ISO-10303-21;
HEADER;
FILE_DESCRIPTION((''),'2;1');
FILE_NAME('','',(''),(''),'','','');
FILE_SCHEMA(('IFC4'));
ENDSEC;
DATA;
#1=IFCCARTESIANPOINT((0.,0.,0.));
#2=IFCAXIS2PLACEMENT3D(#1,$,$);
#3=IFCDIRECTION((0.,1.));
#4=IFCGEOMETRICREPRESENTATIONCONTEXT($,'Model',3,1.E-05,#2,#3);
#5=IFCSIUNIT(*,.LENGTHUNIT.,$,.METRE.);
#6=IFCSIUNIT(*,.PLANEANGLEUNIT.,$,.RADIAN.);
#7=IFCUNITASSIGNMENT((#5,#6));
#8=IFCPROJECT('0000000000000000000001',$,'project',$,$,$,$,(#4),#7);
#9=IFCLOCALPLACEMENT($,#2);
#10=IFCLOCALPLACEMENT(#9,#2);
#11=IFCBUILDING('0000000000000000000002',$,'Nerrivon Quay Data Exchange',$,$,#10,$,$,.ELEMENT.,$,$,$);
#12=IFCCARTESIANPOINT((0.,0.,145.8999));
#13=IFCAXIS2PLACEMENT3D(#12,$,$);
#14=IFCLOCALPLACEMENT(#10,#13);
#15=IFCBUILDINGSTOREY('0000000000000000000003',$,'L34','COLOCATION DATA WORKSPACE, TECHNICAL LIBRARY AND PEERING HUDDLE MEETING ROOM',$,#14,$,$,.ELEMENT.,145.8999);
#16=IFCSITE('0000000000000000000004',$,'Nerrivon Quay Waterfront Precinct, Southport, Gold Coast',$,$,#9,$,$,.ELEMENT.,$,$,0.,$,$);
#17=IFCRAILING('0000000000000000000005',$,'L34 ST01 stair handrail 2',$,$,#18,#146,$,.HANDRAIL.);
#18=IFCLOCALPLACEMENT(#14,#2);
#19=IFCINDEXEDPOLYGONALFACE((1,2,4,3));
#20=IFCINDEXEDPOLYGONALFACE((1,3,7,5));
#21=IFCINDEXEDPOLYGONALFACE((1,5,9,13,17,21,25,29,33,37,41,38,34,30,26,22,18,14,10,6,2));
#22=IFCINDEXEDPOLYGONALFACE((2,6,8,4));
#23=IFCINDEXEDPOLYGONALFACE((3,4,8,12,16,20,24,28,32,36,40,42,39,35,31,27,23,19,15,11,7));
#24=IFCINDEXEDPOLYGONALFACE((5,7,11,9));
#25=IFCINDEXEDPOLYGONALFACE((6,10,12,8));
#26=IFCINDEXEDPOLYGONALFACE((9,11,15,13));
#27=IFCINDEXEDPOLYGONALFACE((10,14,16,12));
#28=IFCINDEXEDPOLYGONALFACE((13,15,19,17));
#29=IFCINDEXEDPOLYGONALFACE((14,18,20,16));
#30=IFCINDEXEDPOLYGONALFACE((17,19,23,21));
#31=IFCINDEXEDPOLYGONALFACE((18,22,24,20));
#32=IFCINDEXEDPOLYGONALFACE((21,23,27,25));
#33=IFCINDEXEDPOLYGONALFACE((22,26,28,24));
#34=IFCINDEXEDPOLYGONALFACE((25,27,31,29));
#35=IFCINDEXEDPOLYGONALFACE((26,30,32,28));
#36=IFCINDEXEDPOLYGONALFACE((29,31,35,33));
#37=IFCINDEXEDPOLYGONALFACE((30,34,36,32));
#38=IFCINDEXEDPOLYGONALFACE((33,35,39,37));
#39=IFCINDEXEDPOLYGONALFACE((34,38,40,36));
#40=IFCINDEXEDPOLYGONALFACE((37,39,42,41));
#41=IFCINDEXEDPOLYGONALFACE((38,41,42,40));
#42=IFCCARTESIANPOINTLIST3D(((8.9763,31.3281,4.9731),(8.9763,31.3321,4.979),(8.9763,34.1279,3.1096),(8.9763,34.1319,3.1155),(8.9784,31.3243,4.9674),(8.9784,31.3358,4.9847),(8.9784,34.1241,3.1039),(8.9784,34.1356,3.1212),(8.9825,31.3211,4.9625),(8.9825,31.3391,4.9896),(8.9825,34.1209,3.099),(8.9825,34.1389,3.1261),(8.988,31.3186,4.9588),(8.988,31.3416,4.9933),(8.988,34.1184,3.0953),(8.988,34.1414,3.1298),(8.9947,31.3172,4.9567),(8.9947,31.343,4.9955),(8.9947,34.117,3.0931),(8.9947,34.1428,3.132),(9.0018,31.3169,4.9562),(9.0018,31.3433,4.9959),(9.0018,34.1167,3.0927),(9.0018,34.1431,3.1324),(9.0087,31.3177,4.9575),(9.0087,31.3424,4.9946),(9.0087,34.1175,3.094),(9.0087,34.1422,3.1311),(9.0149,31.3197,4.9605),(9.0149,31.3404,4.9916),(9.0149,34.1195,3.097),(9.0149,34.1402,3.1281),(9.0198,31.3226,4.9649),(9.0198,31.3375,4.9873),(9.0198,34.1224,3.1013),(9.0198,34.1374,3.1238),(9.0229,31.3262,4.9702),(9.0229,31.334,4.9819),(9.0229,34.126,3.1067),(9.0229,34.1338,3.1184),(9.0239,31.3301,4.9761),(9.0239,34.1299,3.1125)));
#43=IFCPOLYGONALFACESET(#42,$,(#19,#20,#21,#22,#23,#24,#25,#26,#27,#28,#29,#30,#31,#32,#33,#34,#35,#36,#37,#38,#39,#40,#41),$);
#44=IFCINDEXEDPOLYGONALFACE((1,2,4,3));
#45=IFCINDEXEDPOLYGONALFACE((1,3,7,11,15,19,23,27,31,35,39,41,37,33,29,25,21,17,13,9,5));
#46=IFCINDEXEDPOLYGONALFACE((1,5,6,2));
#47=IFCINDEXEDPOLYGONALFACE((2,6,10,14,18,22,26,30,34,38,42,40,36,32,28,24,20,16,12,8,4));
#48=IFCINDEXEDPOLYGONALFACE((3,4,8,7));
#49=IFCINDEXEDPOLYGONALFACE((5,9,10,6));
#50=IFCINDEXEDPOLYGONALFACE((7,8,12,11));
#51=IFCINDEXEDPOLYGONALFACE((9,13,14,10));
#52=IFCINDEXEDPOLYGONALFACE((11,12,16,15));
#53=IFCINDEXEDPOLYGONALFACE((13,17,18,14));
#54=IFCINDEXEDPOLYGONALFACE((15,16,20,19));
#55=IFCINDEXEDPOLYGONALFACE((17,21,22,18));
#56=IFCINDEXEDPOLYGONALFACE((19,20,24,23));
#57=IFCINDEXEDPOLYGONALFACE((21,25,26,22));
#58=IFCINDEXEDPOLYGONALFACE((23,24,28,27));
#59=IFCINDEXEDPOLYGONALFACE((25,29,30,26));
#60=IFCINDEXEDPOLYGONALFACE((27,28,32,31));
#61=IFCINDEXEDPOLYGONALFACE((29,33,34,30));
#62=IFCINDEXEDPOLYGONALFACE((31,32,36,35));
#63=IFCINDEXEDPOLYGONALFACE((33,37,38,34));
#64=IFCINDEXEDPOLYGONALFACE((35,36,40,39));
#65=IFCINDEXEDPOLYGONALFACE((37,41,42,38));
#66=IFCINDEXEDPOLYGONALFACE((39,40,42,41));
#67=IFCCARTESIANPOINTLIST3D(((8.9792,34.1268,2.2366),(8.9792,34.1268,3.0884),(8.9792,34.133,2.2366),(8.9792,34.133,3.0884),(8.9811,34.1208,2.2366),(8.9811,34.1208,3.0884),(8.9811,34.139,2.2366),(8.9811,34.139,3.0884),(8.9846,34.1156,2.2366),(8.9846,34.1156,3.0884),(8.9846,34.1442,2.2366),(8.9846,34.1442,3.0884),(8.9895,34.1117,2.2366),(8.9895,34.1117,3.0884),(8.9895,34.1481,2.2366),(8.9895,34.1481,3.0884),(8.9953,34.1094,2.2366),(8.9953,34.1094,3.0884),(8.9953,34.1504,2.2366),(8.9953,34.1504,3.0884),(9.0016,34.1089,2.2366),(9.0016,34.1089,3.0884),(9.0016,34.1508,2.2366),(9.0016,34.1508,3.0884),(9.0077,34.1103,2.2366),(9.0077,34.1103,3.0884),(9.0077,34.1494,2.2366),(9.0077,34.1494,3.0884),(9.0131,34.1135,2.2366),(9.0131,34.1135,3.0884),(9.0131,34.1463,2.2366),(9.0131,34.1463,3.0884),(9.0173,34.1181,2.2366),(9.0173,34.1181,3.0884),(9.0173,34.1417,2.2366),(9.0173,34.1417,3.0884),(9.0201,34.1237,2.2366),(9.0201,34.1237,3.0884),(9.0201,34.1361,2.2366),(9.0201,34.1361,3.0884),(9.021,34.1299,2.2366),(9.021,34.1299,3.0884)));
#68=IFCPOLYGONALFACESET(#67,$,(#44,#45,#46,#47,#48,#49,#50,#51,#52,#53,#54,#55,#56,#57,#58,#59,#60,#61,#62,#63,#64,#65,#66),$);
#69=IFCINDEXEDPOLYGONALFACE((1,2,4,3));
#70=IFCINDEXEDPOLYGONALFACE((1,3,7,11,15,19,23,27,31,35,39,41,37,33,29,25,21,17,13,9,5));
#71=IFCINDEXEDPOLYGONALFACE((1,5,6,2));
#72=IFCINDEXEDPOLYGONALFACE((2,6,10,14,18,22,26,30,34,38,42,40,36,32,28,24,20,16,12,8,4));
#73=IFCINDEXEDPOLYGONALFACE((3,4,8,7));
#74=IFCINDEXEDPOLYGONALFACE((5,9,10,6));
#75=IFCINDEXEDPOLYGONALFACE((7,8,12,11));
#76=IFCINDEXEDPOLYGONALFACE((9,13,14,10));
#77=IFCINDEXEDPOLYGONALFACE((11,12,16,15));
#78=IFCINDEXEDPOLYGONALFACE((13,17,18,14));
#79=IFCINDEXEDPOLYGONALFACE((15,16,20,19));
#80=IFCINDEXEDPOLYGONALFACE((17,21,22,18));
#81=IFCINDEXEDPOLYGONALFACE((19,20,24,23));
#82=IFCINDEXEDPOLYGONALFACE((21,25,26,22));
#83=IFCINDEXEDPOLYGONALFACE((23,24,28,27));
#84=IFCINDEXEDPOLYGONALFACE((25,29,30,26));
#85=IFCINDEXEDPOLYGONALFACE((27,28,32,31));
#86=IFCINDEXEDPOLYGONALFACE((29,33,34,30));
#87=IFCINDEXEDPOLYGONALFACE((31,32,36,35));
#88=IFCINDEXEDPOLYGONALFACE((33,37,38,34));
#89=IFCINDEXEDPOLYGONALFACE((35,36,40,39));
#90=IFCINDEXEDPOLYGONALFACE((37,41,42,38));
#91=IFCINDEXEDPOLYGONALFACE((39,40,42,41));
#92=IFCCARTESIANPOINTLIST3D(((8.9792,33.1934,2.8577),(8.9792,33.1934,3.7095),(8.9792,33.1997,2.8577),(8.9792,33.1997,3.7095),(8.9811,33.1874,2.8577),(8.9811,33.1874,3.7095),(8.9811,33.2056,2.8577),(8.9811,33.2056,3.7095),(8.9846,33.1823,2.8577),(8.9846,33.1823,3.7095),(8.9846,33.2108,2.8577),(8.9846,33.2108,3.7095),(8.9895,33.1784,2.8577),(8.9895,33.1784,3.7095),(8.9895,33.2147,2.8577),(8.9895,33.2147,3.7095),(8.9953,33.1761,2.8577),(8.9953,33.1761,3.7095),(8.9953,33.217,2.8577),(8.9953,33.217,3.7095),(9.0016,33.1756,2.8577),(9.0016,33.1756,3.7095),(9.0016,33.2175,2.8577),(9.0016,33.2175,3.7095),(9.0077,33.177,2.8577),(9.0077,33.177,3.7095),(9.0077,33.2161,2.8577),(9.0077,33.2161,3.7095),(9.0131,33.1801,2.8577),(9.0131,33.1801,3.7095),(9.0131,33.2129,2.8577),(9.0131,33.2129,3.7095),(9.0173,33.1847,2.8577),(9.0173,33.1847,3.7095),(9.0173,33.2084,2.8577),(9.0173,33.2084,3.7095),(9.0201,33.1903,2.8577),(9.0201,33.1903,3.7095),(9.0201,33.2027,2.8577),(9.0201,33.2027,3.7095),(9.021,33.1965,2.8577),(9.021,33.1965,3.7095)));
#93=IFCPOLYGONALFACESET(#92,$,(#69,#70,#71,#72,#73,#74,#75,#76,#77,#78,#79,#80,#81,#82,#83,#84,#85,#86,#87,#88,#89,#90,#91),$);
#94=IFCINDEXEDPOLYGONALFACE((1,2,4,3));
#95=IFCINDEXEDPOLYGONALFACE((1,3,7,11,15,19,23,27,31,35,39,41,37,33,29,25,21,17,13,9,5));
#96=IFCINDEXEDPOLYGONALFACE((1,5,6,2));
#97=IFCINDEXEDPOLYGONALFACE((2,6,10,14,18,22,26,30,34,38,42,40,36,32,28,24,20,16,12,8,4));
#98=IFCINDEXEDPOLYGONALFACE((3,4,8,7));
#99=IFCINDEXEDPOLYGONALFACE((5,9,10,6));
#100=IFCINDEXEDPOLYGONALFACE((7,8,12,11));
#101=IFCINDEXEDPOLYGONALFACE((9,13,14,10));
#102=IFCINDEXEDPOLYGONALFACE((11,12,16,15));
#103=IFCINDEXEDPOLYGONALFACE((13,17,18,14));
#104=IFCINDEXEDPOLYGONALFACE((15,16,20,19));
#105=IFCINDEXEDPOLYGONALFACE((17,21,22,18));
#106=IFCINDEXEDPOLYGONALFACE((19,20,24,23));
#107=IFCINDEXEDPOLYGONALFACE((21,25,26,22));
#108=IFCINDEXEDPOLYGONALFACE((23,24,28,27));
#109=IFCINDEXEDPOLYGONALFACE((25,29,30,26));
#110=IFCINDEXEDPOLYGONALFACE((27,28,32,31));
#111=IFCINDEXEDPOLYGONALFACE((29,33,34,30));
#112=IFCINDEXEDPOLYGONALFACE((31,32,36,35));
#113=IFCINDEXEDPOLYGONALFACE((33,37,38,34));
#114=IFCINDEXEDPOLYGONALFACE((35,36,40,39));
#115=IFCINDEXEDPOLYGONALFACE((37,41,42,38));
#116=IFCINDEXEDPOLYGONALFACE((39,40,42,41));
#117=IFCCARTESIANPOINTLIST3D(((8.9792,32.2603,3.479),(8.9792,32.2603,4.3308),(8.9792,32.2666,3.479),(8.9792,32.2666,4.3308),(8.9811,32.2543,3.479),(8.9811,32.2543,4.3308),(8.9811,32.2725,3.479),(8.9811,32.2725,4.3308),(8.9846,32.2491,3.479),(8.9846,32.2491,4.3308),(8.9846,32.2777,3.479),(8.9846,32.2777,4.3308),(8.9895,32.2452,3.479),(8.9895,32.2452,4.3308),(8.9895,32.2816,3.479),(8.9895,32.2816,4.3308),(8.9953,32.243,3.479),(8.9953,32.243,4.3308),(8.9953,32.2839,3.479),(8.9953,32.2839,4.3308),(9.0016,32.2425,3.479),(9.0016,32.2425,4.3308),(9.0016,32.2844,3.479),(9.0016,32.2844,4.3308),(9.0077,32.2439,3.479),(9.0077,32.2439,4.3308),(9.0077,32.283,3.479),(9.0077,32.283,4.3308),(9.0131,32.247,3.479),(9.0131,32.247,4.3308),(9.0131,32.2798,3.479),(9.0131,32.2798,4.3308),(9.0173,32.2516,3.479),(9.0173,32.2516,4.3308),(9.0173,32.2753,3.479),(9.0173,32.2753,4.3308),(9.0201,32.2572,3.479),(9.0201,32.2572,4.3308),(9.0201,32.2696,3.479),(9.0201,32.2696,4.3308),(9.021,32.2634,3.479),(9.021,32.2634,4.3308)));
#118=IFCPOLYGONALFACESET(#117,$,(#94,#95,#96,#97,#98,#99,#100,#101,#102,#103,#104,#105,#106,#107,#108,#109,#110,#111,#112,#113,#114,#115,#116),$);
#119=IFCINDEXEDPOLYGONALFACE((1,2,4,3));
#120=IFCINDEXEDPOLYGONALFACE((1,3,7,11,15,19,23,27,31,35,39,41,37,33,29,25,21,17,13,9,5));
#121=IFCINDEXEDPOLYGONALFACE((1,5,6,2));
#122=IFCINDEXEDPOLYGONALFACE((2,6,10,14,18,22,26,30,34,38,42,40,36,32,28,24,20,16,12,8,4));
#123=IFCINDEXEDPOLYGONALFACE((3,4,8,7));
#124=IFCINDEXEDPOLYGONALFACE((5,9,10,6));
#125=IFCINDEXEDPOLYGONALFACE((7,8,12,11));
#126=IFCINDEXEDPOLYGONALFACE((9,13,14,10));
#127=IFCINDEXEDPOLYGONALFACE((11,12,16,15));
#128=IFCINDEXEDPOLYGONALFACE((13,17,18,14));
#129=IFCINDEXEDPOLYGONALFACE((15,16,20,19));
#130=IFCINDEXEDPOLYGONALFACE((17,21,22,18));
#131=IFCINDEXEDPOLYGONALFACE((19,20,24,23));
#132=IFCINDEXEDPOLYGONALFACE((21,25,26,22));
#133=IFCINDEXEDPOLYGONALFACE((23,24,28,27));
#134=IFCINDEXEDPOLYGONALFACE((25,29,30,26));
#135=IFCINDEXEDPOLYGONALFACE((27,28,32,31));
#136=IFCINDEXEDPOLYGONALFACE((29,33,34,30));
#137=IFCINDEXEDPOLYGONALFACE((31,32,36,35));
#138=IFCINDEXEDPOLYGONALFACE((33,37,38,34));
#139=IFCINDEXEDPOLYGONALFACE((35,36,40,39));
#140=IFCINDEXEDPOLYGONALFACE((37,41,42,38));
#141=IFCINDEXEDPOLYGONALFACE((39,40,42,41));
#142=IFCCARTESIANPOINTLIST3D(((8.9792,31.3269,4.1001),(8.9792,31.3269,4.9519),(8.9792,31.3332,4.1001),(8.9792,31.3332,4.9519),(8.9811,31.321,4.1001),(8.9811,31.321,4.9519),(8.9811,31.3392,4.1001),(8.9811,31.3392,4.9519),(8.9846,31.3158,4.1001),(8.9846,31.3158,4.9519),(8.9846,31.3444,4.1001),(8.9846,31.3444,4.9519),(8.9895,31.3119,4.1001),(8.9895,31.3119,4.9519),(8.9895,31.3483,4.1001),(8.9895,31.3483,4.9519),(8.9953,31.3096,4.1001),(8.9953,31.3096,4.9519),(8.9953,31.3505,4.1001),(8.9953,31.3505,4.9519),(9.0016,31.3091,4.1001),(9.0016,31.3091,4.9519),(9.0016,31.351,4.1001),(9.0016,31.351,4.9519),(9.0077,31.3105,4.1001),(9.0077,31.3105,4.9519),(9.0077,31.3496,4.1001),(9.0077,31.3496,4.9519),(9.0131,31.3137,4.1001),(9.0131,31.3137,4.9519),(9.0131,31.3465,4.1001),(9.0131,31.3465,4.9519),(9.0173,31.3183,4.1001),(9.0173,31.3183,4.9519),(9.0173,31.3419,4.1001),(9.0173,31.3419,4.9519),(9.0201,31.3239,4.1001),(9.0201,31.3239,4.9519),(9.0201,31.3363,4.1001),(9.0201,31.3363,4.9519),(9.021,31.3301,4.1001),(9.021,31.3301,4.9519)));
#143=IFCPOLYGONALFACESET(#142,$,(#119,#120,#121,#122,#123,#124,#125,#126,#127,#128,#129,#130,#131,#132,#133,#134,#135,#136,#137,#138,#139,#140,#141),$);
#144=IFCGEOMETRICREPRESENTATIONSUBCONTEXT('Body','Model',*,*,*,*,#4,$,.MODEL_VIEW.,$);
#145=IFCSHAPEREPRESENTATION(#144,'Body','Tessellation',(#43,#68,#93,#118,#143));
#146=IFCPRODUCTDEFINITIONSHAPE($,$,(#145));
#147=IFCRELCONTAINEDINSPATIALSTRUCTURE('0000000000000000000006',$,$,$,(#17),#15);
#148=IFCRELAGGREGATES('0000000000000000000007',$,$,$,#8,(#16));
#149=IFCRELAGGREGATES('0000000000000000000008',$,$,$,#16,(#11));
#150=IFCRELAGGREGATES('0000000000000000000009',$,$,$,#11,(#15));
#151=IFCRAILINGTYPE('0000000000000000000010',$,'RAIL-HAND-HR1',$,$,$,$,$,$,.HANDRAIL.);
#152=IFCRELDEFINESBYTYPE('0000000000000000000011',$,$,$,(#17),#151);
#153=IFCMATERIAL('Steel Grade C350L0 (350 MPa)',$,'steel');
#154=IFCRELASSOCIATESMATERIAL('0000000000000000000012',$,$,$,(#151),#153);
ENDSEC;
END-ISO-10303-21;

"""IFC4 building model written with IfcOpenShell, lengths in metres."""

from ifc_helpers import new_model, si_unit, direction, frame, origin, origin_2d, place, context, subcontext, project, spatial, circle, extrude, material, type_object, element, save


model = new_model("IFC4")

# Units and contexts
model_context = context("Model", 3, precision=1e-05, world=origin(), true_north=direction((0.0, 1.0)))
body_context = subcontext(model_context, "Body", "Model", "MODEL_VIEW")
ifc_project = project(units=[si_unit("LENGTHUNIT", "METRE"), si_unit("PLANEANGLEUNIT", "RADIAN")], contexts=[model_context])

# Site, building, storey
site_placement = place(None, origin())
site = spatial("IfcSite", under=ifc_project, at=site_placement, Name="Nerrivon Quay Waterfront Precinct, Southport, Gold Coast", CompositionType="ELEMENT", RefElevation=0.0)
building_placement = place(site_placement, origin())
building = spatial("IfcBuilding", under=site, at=building_placement, Name="Nerrivon Quay Data Exchange", CompositionType="ELEMENT")
storey_placement = place(building_placement, frame((0.0, 0.0, 145.8999)))
storey = spatial("IfcBuildingStorey", under=building, at=storey_placement, Name="L34", Description="COLOCATION DATA WORKSPACE, TECHNICAL LIBRARY AND PEERING HUDDLE MEETING ROOM", CompositionType="ELEMENT", Elevation=145.8999)

# Railing
ifc_material_1 = material(Name="Steel Grade C350L0 (350 MPa)", Category="steel")
railing_type_1 = type_object("IfcRailingType", Name="RAIL-HAND-HR1", PredefinedType="HANDRAIL", material=ifc_material_1)
railing_1_placement = place(storey_placement, frame((9.0, 34.1299, 2.2366)))
element("IfcRailing", 1, at=railing_1_placement, inside=storey, type_object=railing_type_1, Name="L34 ST01 stair handrail 2", PredefinedType="HANDRAIL", context=body_context, shape_type="SweptSolid", body=[
    extrude(circle(Radius=0.0239, at=origin_2d()), frame((0.0, 0.0, 0.876), z_axis=(0.0, -0.832463, 0.55408), x_axis=(1.0, 0.0, 0.0)), (0.0, 0.0, 1.0), 3.3633),
    extrude(circle(Radius=0.021, at=origin_2d()), origin(), (0.0, 0.0, 1.0), 0.8518),
    extrude(circle(Radius=0.021, at=origin_2d()), frame((0.0, -0.9333, 0.6211)), (0.0, 0.0, 1.0), 0.8518),
    extrude(circle(Radius=0.021, at=origin_2d()), frame((0.0, -1.8665, 1.2424)), (0.0, 0.0, 1.0), 0.8518),
    extrude(circle(Radius=0.021, at=origin_2d()), frame((0.0, -2.7998, 1.8635)), (0.0, 0.0, 1.0), 0.8518),
])

save(model, "model.ifc")
